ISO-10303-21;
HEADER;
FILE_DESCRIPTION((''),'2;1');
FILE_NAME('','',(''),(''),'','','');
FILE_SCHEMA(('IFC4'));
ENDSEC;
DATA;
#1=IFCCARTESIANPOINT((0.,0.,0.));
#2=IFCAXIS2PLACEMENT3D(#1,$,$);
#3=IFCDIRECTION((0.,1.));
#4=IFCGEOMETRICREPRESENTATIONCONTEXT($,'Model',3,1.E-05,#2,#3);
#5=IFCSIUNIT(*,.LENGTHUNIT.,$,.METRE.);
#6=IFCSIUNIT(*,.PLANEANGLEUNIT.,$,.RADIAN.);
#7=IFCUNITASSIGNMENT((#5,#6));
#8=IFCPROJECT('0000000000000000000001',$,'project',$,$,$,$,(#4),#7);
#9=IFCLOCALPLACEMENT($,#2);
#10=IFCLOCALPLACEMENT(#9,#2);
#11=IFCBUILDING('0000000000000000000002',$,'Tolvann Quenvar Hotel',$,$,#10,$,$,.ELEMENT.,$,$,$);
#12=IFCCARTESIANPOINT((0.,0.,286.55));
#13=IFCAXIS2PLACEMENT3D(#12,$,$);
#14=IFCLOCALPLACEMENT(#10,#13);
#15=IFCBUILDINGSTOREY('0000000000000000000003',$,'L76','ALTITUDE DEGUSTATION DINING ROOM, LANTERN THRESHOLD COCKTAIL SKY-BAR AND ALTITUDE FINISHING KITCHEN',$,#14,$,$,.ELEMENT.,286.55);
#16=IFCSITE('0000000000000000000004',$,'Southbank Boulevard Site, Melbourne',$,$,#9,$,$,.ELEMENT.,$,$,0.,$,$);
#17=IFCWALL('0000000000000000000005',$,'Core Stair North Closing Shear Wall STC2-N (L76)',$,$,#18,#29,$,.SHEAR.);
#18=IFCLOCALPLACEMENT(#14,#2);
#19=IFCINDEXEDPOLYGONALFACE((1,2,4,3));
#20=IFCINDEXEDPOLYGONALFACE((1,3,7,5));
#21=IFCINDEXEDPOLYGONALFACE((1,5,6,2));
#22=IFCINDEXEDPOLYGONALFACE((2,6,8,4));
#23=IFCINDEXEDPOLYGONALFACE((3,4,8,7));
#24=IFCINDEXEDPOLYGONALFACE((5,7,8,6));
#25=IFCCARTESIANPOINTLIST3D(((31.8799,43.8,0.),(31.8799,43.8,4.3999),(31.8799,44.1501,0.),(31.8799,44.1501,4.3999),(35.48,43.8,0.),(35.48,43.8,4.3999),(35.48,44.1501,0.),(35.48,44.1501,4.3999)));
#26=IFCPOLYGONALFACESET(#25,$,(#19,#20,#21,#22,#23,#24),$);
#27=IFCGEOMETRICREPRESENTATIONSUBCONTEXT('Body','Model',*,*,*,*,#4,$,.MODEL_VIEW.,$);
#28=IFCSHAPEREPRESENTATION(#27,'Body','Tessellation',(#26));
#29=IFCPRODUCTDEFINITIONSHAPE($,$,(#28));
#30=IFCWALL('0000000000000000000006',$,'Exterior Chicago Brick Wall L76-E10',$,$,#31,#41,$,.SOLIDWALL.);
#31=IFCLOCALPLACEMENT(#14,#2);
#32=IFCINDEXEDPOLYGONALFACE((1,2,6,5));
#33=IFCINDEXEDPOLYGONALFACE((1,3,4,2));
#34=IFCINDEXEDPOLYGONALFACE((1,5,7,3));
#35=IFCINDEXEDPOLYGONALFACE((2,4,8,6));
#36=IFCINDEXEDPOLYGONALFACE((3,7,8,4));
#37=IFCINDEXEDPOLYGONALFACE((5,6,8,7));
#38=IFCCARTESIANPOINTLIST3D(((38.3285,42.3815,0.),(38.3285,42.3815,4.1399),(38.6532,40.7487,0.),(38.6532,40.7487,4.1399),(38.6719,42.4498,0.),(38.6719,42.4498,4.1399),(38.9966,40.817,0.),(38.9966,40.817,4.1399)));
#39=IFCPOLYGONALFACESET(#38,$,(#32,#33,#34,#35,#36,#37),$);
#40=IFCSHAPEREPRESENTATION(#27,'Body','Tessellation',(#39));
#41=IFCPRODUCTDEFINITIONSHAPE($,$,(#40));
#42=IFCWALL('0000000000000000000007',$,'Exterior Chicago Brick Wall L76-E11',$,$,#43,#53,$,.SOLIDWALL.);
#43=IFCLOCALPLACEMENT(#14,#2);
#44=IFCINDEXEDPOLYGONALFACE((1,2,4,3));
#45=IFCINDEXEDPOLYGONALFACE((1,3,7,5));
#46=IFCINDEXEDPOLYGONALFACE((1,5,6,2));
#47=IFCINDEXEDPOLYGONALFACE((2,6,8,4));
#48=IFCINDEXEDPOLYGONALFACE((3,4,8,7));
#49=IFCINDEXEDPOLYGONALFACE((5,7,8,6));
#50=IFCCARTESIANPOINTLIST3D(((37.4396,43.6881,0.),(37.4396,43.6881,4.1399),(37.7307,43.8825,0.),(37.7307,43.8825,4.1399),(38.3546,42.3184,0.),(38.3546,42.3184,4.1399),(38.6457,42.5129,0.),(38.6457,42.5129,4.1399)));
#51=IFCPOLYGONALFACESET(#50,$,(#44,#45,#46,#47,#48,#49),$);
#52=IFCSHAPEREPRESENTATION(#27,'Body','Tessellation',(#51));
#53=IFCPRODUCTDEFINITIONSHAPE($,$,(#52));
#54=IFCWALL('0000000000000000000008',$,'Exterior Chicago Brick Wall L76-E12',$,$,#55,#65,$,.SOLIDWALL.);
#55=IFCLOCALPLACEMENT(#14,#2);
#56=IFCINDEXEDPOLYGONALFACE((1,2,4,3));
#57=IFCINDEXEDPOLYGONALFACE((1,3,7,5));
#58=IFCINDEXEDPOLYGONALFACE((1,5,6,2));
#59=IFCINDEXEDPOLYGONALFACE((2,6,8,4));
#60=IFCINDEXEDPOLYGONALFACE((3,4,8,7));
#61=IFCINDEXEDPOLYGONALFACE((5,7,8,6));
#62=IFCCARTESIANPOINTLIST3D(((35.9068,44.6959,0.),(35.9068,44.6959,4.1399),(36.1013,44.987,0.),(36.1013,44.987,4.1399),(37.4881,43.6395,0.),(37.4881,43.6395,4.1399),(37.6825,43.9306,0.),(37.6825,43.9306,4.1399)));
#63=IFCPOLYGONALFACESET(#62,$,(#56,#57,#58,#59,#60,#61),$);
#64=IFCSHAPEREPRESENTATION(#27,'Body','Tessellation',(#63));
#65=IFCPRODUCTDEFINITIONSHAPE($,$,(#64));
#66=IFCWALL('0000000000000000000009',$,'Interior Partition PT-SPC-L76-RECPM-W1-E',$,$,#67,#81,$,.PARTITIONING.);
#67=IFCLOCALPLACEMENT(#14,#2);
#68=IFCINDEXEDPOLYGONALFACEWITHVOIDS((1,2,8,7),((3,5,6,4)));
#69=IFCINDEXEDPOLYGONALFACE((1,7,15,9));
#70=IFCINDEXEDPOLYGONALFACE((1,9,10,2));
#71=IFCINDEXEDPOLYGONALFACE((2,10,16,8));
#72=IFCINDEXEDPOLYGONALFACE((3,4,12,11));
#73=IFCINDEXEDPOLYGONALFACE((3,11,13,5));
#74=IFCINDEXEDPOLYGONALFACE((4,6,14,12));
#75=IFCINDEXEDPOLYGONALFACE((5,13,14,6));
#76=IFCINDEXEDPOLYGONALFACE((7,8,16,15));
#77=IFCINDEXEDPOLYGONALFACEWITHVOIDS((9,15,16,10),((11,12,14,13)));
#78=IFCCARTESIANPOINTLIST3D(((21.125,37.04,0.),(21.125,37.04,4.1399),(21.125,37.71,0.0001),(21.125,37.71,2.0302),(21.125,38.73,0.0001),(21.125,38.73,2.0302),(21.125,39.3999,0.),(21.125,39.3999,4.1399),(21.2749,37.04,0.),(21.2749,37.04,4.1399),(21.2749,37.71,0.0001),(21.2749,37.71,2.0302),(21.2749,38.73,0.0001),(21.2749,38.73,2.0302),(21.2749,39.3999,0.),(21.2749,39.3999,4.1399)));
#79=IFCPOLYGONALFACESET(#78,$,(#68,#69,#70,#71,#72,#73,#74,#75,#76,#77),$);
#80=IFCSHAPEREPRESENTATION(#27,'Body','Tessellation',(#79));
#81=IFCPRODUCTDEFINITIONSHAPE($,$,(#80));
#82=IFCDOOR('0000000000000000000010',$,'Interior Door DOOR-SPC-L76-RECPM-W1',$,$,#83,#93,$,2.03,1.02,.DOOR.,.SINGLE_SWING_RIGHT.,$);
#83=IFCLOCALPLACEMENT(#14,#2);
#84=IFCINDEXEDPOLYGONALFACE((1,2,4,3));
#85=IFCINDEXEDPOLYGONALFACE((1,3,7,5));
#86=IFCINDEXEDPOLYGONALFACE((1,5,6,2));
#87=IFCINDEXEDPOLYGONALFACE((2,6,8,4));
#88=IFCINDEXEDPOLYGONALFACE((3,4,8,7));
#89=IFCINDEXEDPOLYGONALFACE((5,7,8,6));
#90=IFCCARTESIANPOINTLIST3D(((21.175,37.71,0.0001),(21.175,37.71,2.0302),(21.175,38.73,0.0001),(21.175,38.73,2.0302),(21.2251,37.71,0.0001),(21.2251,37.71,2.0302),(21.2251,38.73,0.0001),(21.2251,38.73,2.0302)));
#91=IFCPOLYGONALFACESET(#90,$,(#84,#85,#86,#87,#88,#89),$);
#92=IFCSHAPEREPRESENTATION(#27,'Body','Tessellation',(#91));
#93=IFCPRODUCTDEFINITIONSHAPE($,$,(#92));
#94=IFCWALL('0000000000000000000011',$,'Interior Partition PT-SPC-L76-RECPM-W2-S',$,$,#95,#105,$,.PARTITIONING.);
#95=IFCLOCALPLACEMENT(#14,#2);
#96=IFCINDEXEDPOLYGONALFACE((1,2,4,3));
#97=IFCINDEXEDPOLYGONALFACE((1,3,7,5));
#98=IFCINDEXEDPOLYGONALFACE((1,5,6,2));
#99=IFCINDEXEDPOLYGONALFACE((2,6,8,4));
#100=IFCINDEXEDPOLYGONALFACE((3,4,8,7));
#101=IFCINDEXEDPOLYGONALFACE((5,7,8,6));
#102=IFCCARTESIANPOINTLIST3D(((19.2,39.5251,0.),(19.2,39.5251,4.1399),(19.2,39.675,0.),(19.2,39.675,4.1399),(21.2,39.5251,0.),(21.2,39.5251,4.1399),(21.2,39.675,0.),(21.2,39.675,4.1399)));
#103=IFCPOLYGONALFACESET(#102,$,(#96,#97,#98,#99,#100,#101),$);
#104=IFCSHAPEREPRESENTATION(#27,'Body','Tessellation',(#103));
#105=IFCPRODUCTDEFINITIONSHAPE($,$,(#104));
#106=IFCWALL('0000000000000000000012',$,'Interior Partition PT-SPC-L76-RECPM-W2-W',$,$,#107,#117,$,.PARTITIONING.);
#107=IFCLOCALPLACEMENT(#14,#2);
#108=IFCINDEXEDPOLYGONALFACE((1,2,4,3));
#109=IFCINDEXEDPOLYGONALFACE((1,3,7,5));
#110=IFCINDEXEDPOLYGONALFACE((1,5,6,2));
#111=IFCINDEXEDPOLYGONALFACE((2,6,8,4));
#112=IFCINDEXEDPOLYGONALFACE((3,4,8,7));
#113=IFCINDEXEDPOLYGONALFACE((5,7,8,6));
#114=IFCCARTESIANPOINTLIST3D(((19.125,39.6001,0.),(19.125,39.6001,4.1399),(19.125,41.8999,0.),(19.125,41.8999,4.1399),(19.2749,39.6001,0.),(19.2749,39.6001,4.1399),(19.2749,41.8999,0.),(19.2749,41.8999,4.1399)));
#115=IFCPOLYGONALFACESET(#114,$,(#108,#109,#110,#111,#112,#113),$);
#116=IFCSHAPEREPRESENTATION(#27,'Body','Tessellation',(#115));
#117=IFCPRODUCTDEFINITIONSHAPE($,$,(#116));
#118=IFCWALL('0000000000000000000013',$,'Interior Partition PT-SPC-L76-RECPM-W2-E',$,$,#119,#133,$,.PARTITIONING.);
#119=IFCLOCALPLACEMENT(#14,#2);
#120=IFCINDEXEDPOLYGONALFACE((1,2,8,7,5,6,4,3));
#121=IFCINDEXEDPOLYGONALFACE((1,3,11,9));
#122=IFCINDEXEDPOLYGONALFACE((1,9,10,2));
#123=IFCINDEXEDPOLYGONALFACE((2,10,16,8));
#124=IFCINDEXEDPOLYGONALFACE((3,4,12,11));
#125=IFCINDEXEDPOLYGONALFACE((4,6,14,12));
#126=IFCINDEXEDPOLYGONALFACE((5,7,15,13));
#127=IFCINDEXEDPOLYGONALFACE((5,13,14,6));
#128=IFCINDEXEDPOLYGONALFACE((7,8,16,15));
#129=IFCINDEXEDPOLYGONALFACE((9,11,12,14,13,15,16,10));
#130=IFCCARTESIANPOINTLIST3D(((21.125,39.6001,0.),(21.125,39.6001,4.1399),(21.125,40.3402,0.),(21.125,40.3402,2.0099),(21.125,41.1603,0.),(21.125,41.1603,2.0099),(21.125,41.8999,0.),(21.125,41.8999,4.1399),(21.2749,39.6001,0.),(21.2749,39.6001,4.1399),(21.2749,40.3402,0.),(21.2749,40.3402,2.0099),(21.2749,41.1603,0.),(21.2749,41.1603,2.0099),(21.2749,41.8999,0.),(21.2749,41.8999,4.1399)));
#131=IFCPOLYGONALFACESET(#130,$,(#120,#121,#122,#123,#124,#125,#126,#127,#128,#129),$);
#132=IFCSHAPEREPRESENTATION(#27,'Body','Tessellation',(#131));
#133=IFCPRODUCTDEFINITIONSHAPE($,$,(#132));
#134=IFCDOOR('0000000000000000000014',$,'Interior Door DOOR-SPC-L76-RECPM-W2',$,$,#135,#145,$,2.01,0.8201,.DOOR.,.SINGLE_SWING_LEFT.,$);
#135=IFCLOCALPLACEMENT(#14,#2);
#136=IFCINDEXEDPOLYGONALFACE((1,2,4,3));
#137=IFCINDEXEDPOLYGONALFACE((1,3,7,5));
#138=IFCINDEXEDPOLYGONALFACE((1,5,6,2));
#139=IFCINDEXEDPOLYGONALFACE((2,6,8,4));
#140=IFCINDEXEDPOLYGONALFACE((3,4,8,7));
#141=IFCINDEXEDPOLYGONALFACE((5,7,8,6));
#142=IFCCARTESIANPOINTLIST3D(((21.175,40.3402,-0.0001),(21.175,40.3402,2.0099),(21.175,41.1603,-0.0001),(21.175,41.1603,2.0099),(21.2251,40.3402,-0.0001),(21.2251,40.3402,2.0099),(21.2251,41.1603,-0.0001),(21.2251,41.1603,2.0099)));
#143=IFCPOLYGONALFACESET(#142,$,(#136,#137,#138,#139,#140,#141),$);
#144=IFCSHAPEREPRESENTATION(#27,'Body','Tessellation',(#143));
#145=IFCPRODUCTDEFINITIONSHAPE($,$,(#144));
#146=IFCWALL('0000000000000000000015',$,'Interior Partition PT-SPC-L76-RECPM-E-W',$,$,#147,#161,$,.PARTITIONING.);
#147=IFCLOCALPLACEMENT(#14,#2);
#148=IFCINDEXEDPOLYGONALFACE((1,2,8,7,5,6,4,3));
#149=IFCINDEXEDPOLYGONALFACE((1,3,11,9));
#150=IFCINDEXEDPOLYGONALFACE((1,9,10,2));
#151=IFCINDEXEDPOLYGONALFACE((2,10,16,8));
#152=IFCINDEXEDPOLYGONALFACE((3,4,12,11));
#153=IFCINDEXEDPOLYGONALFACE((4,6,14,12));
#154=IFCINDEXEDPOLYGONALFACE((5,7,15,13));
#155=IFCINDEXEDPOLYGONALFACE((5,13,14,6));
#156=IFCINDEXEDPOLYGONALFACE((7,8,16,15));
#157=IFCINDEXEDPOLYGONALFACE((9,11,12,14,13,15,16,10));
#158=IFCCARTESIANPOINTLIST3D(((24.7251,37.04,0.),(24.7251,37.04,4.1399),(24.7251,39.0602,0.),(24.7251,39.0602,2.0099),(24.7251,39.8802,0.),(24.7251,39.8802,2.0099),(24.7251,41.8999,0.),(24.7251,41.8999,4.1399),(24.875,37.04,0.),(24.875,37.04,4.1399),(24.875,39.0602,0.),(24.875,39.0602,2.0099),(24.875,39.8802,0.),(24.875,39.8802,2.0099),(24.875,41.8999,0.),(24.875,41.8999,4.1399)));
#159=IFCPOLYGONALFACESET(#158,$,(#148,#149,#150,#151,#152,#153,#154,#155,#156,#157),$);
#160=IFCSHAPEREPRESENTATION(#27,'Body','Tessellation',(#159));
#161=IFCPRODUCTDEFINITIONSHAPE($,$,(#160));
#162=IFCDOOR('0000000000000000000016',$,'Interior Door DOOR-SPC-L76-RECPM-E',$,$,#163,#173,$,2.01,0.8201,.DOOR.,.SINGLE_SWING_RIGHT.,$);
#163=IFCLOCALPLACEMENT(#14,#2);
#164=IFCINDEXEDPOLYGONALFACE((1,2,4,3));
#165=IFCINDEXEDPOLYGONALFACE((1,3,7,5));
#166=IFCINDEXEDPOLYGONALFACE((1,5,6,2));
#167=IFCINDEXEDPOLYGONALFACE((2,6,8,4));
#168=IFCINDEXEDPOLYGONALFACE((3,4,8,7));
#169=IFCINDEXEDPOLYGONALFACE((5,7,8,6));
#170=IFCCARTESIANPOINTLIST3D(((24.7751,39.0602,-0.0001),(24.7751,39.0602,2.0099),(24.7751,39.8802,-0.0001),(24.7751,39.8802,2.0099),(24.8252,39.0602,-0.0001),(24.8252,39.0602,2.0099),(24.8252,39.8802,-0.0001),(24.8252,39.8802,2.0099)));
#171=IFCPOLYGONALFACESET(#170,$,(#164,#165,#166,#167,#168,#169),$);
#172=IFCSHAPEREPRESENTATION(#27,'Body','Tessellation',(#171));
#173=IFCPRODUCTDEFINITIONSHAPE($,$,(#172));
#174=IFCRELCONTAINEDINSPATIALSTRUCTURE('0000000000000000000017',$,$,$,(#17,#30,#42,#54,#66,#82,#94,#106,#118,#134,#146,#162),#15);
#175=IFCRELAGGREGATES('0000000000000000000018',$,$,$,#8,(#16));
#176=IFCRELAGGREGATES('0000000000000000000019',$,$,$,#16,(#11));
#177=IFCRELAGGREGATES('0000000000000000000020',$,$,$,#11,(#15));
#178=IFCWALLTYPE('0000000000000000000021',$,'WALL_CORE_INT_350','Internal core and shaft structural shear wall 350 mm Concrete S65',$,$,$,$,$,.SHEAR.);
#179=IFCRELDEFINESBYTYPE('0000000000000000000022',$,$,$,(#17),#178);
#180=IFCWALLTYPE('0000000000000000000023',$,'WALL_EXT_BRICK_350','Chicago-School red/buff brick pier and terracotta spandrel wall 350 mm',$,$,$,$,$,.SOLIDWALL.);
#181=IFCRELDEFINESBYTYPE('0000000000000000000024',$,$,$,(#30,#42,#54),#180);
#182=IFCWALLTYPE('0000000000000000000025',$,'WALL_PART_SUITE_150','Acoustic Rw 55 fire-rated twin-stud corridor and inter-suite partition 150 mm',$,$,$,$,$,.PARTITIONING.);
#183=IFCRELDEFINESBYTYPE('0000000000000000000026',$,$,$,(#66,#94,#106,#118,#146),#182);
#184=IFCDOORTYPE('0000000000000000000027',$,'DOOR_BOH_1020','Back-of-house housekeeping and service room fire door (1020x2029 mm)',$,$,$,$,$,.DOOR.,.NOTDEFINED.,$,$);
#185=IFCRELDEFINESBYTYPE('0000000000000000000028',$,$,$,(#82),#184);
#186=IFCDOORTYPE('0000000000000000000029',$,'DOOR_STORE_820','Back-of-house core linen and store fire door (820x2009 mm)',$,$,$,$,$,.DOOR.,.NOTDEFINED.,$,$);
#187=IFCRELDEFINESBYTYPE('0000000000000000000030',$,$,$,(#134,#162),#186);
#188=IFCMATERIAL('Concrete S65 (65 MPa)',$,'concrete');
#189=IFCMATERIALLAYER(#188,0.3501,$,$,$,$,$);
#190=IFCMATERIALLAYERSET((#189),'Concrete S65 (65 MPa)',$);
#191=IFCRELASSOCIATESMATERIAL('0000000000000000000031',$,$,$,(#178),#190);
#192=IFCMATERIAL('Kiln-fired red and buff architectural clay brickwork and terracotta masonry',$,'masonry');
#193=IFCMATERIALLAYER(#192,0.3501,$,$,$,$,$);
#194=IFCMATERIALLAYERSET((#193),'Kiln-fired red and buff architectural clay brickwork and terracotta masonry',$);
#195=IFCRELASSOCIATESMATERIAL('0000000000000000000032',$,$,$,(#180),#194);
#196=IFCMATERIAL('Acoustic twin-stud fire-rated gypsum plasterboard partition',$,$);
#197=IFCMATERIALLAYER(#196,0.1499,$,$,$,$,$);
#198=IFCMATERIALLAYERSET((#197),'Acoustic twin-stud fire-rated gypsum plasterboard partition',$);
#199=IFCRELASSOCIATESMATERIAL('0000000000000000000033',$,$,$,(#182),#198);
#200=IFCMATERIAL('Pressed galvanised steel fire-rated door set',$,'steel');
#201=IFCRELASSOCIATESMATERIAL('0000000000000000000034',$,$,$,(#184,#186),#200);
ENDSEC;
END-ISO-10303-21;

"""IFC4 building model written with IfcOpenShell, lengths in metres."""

from ifc_helpers import new_model, si_unit, direction, frame, frame_2d, origin, place, context, subcontext, project, spatial, rectangle, extrude, source, transform, mapped, material, layer, layer_set, type_object, type_shapes, element, fill, save


model = new_model("IFC4")

# Units and contexts
model_context = context("Model", 3, precision=1e-05, world=origin(), true_north=direction((0.0, 1.0)))
body_context = subcontext(model_context, "Body", "Model", "MODEL_VIEW")
ifc_project = project(units=[si_unit("LENGTHUNIT", "METRE"), si_unit("PLANEANGLEUNIT", "RADIAN")], contexts=[model_context])

# Site, building, storey
site_placement = place(None, origin())
site = spatial("IfcSite", under=ifc_project, at=site_placement, Name="Southbank Boulevard Site, Melbourne", CompositionType="ELEMENT", RefElevation=0.0)
building_placement = place(site_placement, origin())
building = spatial("IfcBuilding", under=site, at=building_placement, Name="Tolvann Quenvar Hotel", CompositionType="ELEMENT")
storey_placement = place(building_placement, frame((0.0, 0.0, 286.55)))
storey = spatial("IfcBuildingStorey", under=building, at=storey_placement, Name="L76", Description="ALTITUDE DEGUSTATION DINING ROOM, LANTERN THRESHOLD COCKTAIL SKY-BAR AND ALTITUDE FINISHING KITCHEN", CompositionType="ELEMENT", Elevation=286.55)

# Walls
ifc_material_1 = material(Name="Concrete S65 (65 MPa)", Category="concrete")
ifc_layer_1 = layer(ifc_material_1, 0.3501)
ifc_layer_set_1 = layer_set([ifc_layer_1], Name="Concrete S65 (65 MPa)")
wall_type_1 = type_object("IfcWallType", Name="WALL_CORE_INT_350", Description="Internal core and shaft structural shear wall 350 mm Concrete S65", PredefinedType="SHEAR", material=ifc_layer_set_1)
wall_1_placement = place(storey_placement, frame((31.8799, 43.9751, 0.0), z_axis=(0.0, 0.0, 1.0), x_axis=(1.0, 0.0, 0.0)))
element("IfcWall", 1, at=wall_1_placement, inside=storey, type_object=wall_type_1, Name="Core Stair North Closing Shear Wall STC2-N (L76)", PredefinedType="SHEAR", context=body_context, shape_type="SweptSolid", body=[
    extrude(rectangle(XDim=3.6001, YDim=0.3501, at=frame_2d((1.8, 0.0))), origin(), (0.0, 0.0, 1.0), 4.3999),
])
ifc_material_2 = material(Name="Kiln-fired red and buff architectural clay brickwork and terracotta masonry", Category="masonry")
ifc_layer_2 = layer(ifc_material_2, 0.3501)
ifc_layer_set_2 = layer_set([ifc_layer_2], Name="Kiln-fired red and buff architectural clay brickwork and terracotta masonry")
wall_type_2 = type_object("IfcWallType", Name="WALL_EXT_BRICK_350", Description="Chicago-School red/buff brick pier and terracotta spandrel wall 350 mm", PredefinedType="SOLIDWALL", material=ifc_layer_set_2)
wall_2_placement = place(storey_placement, frame((38.825, 40.7827, 0.0), z_axis=(0.0, 0.0, 1.0), x_axis=(-0.195044, 0.980794, 0.0)))
element("IfcWall", 2, at=wall_2_placement, inside=storey, type_object=wall_type_2, Name="Exterior Chicago Brick Wall L76-E10", PredefinedType="SOLIDWALL", context=body_context, shape_type="SweptSolid", body=[
    extrude(rectangle(XDim=1.6648, YDim=0.3501, at=frame_2d((0.8325, 0.0))), origin(), (0.0, 0.0, 1.0), 4.1399),
])
wall_3_placement = place(storey_placement, frame((38.5002, 42.4155, 0.0), z_axis=(0.0, 0.0, 1.0), x_axis=(-0.555521, 0.831503, 0.0)))
element("IfcWall", 3, at=wall_3_placement, inside=storey, type_object=wall_type_2, Name="Exterior Chicago Brick Wall L76-E11", PredefinedType="SOLIDWALL", context=body_context, shape_type="SweptSolid", body=[
    extrude(rectangle(XDim=1.6472, YDim=0.3501, at=frame_2d((0.8237, 0.0))), origin(), (0.0, 0.0, 1.0), 4.1399),
])
wall_4_placement = place(storey_placement, frame((37.5852, 43.7852, 0.0), z_axis=(0.0, 0.0, 1.0), x_axis=(-0.831517, 0.5555, 0.0)))
element("IfcWall", 4, at=wall_4_placement, inside=storey, type_object=wall_type_2, Name="Exterior Chicago Brick Wall L76-E12", PredefinedType="SOLIDWALL", context=body_context, shape_type="SweptSolid", body=[
    extrude(rectangle(XDim=1.9016, YDim=0.3501, at=frame_2d((0.9507, 0.0))), origin(), (0.0, 0.0, 1.0), 4.1399),
])

# Wall, opening, door
ifc_material_3 = material(Name="Acoustic twin-stud fire-rated gypsum plasterboard partition")
ifc_layer_3 = layer(ifc_material_3, 0.1499)
ifc_layer_set_3 = layer_set([ifc_layer_3], Name="Acoustic twin-stud fire-rated gypsum plasterboard partition")
wall_type_3 = type_object("IfcWallType", Name="WALL_PART_SUITE_150", Description="Acoustic Rw 55 fire-rated twin-stud corridor and inter-suite partition 150 mm", PredefinedType="PARTITIONING", material=ifc_layer_set_3)
wall_5_placement = place(storey_placement, frame((21.2, 37.04, 0.0), z_axis=(0.0, 0.0, 1.0), x_axis=(0.0, 1.0, 0.0)))
wall_5 = element("IfcWall", 5, at=wall_5_placement, inside=storey, type_object=wall_type_3, Name="Interior Partition PT-SPC-L76-RECPM-W1-E", PredefinedType="PARTITIONING", context=body_context, shape_type="SweptSolid", body=[
    extrude(rectangle(XDim=2.3599, YDim=0.1499, at=frame_2d((1.1799, 0.0))), origin(), (0.0, 0.0, 1.0), 4.1399),
])
opening_1_placement = place(wall_5_placement, frame((0.6699, 0.0, 0.0)))
opening_1 = element("IfcOpeningElement", 6, at=opening_1_placement, cuts=wall_5, PredefinedType="OPENING", context=body_context, shape_type="SweptSolid", body=[
    extrude(rectangle(XDim=1.02, YDim=2.03, at=frame_2d((0.51, 1.0151))), frame((0.0, 0.085, 0.0), z_axis=(0.0, -1.0, 0.0), x_axis=(1.0, 0.0, 0.0)), (0.0, 0.0, 1.0), 0.1699),
])
ifc_material_4 = material(Name="Pressed galvanised steel fire-rated door set", Category="steel")
door_type_1 = type_object("IfcDoorType", Name="DOOR_BOH_1020", Description="Back-of-house housekeeping and service room fire door (1020x2029 mm)", OperationType="NOTDEFINED", PredefinedType="DOOR", material=ifc_material_4)
shared_shape_1 = source(origin(), body_context, "Body", "SweptSolid", [
    extrude(rectangle(XDim=1.02, YDim=2.03, at=frame_2d((0.51, 1.0151))), frame((0.0, 0.0249, 0.0), z_axis=(0.0, -1.0, 0.0), x_axis=(1.0, 0.0, 0.0)), (0.0, 0.0, 1.0), 0.05),
])
type_shapes(door_type_1, [shared_shape_1])
door_1_placement = place(opening_1_placement, origin())
door_1 = element("IfcDoor", 7, at=door_1_placement, inside=storey, type_object=door_type_1, Name="Interior Door DOOR-SPC-L76-RECPM-W1", OperationType="SINGLE_SWING_RIGHT", OverallHeight=2.03, OverallWidth=1.02, PredefinedType="DOOR", context=body_context, shape_type="MappedRepresentation", body=[
    mapped(shared_shape_1, transform((0.0, 0.0, 0.0), x_axis=(1.0, 0.0, 0.0), y_axis=(0.0, 1.0, 0.0), z_axis=(0.0, 0.0, 1.0), scale=1.0)),
])
fill(opening_1, door_1)

# Walls
wall_6_placement = place(storey_placement, frame((19.2, 39.6001, 0.0), z_axis=(0.0, 0.0, 1.0), x_axis=(1.0, 0.0, 0.0)))
element("IfcWall", 8, at=wall_6_placement, inside=storey, type_object=wall_type_3, Name="Interior Partition PT-SPC-L76-RECPM-W2-S", PredefinedType="PARTITIONING", context=body_context, shape_type="SweptSolid", body=[
    extrude(rectangle(XDim=2.0, YDim=0.1499, at=frame_2d((1.0, 0.0))), origin(), (0.0, 0.0, 1.0), 4.1399),
])
wall_7_placement = place(storey_placement, frame((19.2, 39.6001, 0.0), z_axis=(0.0, 0.0, 1.0), x_axis=(0.0, 1.0, 0.0)))
element("IfcWall", 9, at=wall_7_placement, inside=storey, type_object=wall_type_3, Name="Interior Partition PT-SPC-L76-RECPM-W2-W", PredefinedType="PARTITIONING", context=body_context, shape_type="SweptSolid", body=[
    extrude(rectangle(XDim=2.2998, YDim=0.1499, at=frame_2d((1.1499, 0.0))), origin(), (0.0, 0.0, 1.0), 4.1399),
])

# Walls, openings, doors
wall_8_placement = place(storey_placement, frame((21.2, 39.6001, 0.0), z_axis=(0.0, 0.0, 1.0), x_axis=(0.0, 1.0, 0.0)))
wall_8 = element("IfcWall", 10, at=wall_8_placement, inside=storey, type_object=wall_type_3, Name="Interior Partition PT-SPC-L76-RECPM-W2-E", PredefinedType="PARTITIONING", context=body_context, shape_type="SweptSolid", body=[
    extrude(rectangle(XDim=2.2998, YDim=0.1499, at=frame_2d((1.1499, 0.0))), origin(), (0.0, 0.0, 1.0), 4.1399),
])
opening_2_placement = place(wall_8_placement, frame((0.74, 0.0, 0.0)))
opening_2 = element("IfcOpeningElement", 11, at=opening_2_placement, cuts=wall_8, PredefinedType="OPENING", context=body_context, shape_type="SweptSolid", body=[
    extrude(rectangle(XDim=0.8201, YDim=2.01, at=frame_2d((0.4102, 1.0049))), frame((0.0, 0.085, 0.0), z_axis=(0.0, -1.0, 0.0), x_axis=(1.0, 0.0, 0.0)), (0.0, 0.0, 1.0), 0.1699),
])
door_type_2 = type_object("IfcDoorType", Name="DOOR_STORE_820", Description="Back-of-house core linen and store fire door (820x2009 mm)", OperationType="NOTDEFINED", PredefinedType="DOOR", material=ifc_material_4)
shared_shape_2 = source(origin(), body_context, "Body", "SweptSolid", [
    extrude(rectangle(XDim=0.8201, YDim=2.01, at=frame_2d((0.4102, 1.0049))), frame((0.0, 0.0249, 0.0), z_axis=(0.0, -1.0, 0.0), x_axis=(1.0, 0.0, 0.0)), (0.0, 0.0, 1.0), 0.05),
])
type_shapes(door_type_2, [shared_shape_2])
door_2_placement = place(opening_2_placement, origin())
door_2 = element("IfcDoor", 12, at=door_2_placement, inside=storey, type_object=door_type_2, Name="Interior Door DOOR-SPC-L76-RECPM-W2", OperationType="SINGLE_SWING_LEFT", OverallHeight=2.01, OverallWidth=0.8201, PredefinedType="DOOR", context=body_context, shape_type="MappedRepresentation", body=[
    mapped(shared_shape_2, transform((0.0, 0.0, 0.0), x_axis=(1.0, 0.0, 0.0), y_axis=(0.0, 1.0, 0.0), z_axis=(0.0, 0.0, 1.0), scale=1.0)),
])
fill(opening_2, door_2)
wall_9_placement = place(storey_placement, frame((24.8, 37.04, 0.0), z_axis=(0.0, 0.0, 1.0), x_axis=(0.0, 1.0, 0.0)))
wall_9 = element("IfcWall", 13, at=wall_9_placement, inside=storey, type_object=wall_type_3, Name="Interior Partition PT-SPC-L76-RECPM-E-W", PredefinedType="PARTITIONING", context=body_context, shape_type="SweptSolid", body=[
    extrude(rectangle(XDim=4.8599, YDim=0.1499, at=frame_2d((2.4299, 0.0))), origin(), (0.0, 0.0, 1.0), 4.1399),
])
opening_3_placement = place(wall_9_placement, frame((2.02, 0.0, 0.0)))
opening_3 = element("IfcOpeningElement", 14, at=opening_3_placement, cuts=wall_9, PredefinedType="OPENING", context=body_context, shape_type="SweptSolid", body=[
    extrude(rectangle(XDim=0.8201, YDim=2.01, at=frame_2d((0.4102, 1.0049))), frame((0.0, 0.085, 0.0), z_axis=(0.0, -1.0, 0.0), x_axis=(1.0, 0.0, 0.0)), (0.0, 0.0, 1.0), 0.1699),
])
door_3_placement = place(opening_3_placement, origin())
door_3 = element("IfcDoor", 15, at=door_3_placement, inside=storey, type_object=door_type_2, Name="Interior Door DOOR-SPC-L76-RECPM-E", OperationType="SINGLE_SWING_RIGHT", OverallHeight=2.01, OverallWidth=0.8201, PredefinedType="DOOR", context=body_context, shape_type="MappedRepresentation", body=[
    mapped(shared_shape_2, transform((0.0, 0.0, 0.0), x_axis=(1.0, 0.0, 0.0), y_axis=(0.0, 1.0, 0.0), z_axis=(0.0, 0.0, 1.0), scale=1.0)),
])
fill(opening_3, door_3)

save(model, "model.ifc")
